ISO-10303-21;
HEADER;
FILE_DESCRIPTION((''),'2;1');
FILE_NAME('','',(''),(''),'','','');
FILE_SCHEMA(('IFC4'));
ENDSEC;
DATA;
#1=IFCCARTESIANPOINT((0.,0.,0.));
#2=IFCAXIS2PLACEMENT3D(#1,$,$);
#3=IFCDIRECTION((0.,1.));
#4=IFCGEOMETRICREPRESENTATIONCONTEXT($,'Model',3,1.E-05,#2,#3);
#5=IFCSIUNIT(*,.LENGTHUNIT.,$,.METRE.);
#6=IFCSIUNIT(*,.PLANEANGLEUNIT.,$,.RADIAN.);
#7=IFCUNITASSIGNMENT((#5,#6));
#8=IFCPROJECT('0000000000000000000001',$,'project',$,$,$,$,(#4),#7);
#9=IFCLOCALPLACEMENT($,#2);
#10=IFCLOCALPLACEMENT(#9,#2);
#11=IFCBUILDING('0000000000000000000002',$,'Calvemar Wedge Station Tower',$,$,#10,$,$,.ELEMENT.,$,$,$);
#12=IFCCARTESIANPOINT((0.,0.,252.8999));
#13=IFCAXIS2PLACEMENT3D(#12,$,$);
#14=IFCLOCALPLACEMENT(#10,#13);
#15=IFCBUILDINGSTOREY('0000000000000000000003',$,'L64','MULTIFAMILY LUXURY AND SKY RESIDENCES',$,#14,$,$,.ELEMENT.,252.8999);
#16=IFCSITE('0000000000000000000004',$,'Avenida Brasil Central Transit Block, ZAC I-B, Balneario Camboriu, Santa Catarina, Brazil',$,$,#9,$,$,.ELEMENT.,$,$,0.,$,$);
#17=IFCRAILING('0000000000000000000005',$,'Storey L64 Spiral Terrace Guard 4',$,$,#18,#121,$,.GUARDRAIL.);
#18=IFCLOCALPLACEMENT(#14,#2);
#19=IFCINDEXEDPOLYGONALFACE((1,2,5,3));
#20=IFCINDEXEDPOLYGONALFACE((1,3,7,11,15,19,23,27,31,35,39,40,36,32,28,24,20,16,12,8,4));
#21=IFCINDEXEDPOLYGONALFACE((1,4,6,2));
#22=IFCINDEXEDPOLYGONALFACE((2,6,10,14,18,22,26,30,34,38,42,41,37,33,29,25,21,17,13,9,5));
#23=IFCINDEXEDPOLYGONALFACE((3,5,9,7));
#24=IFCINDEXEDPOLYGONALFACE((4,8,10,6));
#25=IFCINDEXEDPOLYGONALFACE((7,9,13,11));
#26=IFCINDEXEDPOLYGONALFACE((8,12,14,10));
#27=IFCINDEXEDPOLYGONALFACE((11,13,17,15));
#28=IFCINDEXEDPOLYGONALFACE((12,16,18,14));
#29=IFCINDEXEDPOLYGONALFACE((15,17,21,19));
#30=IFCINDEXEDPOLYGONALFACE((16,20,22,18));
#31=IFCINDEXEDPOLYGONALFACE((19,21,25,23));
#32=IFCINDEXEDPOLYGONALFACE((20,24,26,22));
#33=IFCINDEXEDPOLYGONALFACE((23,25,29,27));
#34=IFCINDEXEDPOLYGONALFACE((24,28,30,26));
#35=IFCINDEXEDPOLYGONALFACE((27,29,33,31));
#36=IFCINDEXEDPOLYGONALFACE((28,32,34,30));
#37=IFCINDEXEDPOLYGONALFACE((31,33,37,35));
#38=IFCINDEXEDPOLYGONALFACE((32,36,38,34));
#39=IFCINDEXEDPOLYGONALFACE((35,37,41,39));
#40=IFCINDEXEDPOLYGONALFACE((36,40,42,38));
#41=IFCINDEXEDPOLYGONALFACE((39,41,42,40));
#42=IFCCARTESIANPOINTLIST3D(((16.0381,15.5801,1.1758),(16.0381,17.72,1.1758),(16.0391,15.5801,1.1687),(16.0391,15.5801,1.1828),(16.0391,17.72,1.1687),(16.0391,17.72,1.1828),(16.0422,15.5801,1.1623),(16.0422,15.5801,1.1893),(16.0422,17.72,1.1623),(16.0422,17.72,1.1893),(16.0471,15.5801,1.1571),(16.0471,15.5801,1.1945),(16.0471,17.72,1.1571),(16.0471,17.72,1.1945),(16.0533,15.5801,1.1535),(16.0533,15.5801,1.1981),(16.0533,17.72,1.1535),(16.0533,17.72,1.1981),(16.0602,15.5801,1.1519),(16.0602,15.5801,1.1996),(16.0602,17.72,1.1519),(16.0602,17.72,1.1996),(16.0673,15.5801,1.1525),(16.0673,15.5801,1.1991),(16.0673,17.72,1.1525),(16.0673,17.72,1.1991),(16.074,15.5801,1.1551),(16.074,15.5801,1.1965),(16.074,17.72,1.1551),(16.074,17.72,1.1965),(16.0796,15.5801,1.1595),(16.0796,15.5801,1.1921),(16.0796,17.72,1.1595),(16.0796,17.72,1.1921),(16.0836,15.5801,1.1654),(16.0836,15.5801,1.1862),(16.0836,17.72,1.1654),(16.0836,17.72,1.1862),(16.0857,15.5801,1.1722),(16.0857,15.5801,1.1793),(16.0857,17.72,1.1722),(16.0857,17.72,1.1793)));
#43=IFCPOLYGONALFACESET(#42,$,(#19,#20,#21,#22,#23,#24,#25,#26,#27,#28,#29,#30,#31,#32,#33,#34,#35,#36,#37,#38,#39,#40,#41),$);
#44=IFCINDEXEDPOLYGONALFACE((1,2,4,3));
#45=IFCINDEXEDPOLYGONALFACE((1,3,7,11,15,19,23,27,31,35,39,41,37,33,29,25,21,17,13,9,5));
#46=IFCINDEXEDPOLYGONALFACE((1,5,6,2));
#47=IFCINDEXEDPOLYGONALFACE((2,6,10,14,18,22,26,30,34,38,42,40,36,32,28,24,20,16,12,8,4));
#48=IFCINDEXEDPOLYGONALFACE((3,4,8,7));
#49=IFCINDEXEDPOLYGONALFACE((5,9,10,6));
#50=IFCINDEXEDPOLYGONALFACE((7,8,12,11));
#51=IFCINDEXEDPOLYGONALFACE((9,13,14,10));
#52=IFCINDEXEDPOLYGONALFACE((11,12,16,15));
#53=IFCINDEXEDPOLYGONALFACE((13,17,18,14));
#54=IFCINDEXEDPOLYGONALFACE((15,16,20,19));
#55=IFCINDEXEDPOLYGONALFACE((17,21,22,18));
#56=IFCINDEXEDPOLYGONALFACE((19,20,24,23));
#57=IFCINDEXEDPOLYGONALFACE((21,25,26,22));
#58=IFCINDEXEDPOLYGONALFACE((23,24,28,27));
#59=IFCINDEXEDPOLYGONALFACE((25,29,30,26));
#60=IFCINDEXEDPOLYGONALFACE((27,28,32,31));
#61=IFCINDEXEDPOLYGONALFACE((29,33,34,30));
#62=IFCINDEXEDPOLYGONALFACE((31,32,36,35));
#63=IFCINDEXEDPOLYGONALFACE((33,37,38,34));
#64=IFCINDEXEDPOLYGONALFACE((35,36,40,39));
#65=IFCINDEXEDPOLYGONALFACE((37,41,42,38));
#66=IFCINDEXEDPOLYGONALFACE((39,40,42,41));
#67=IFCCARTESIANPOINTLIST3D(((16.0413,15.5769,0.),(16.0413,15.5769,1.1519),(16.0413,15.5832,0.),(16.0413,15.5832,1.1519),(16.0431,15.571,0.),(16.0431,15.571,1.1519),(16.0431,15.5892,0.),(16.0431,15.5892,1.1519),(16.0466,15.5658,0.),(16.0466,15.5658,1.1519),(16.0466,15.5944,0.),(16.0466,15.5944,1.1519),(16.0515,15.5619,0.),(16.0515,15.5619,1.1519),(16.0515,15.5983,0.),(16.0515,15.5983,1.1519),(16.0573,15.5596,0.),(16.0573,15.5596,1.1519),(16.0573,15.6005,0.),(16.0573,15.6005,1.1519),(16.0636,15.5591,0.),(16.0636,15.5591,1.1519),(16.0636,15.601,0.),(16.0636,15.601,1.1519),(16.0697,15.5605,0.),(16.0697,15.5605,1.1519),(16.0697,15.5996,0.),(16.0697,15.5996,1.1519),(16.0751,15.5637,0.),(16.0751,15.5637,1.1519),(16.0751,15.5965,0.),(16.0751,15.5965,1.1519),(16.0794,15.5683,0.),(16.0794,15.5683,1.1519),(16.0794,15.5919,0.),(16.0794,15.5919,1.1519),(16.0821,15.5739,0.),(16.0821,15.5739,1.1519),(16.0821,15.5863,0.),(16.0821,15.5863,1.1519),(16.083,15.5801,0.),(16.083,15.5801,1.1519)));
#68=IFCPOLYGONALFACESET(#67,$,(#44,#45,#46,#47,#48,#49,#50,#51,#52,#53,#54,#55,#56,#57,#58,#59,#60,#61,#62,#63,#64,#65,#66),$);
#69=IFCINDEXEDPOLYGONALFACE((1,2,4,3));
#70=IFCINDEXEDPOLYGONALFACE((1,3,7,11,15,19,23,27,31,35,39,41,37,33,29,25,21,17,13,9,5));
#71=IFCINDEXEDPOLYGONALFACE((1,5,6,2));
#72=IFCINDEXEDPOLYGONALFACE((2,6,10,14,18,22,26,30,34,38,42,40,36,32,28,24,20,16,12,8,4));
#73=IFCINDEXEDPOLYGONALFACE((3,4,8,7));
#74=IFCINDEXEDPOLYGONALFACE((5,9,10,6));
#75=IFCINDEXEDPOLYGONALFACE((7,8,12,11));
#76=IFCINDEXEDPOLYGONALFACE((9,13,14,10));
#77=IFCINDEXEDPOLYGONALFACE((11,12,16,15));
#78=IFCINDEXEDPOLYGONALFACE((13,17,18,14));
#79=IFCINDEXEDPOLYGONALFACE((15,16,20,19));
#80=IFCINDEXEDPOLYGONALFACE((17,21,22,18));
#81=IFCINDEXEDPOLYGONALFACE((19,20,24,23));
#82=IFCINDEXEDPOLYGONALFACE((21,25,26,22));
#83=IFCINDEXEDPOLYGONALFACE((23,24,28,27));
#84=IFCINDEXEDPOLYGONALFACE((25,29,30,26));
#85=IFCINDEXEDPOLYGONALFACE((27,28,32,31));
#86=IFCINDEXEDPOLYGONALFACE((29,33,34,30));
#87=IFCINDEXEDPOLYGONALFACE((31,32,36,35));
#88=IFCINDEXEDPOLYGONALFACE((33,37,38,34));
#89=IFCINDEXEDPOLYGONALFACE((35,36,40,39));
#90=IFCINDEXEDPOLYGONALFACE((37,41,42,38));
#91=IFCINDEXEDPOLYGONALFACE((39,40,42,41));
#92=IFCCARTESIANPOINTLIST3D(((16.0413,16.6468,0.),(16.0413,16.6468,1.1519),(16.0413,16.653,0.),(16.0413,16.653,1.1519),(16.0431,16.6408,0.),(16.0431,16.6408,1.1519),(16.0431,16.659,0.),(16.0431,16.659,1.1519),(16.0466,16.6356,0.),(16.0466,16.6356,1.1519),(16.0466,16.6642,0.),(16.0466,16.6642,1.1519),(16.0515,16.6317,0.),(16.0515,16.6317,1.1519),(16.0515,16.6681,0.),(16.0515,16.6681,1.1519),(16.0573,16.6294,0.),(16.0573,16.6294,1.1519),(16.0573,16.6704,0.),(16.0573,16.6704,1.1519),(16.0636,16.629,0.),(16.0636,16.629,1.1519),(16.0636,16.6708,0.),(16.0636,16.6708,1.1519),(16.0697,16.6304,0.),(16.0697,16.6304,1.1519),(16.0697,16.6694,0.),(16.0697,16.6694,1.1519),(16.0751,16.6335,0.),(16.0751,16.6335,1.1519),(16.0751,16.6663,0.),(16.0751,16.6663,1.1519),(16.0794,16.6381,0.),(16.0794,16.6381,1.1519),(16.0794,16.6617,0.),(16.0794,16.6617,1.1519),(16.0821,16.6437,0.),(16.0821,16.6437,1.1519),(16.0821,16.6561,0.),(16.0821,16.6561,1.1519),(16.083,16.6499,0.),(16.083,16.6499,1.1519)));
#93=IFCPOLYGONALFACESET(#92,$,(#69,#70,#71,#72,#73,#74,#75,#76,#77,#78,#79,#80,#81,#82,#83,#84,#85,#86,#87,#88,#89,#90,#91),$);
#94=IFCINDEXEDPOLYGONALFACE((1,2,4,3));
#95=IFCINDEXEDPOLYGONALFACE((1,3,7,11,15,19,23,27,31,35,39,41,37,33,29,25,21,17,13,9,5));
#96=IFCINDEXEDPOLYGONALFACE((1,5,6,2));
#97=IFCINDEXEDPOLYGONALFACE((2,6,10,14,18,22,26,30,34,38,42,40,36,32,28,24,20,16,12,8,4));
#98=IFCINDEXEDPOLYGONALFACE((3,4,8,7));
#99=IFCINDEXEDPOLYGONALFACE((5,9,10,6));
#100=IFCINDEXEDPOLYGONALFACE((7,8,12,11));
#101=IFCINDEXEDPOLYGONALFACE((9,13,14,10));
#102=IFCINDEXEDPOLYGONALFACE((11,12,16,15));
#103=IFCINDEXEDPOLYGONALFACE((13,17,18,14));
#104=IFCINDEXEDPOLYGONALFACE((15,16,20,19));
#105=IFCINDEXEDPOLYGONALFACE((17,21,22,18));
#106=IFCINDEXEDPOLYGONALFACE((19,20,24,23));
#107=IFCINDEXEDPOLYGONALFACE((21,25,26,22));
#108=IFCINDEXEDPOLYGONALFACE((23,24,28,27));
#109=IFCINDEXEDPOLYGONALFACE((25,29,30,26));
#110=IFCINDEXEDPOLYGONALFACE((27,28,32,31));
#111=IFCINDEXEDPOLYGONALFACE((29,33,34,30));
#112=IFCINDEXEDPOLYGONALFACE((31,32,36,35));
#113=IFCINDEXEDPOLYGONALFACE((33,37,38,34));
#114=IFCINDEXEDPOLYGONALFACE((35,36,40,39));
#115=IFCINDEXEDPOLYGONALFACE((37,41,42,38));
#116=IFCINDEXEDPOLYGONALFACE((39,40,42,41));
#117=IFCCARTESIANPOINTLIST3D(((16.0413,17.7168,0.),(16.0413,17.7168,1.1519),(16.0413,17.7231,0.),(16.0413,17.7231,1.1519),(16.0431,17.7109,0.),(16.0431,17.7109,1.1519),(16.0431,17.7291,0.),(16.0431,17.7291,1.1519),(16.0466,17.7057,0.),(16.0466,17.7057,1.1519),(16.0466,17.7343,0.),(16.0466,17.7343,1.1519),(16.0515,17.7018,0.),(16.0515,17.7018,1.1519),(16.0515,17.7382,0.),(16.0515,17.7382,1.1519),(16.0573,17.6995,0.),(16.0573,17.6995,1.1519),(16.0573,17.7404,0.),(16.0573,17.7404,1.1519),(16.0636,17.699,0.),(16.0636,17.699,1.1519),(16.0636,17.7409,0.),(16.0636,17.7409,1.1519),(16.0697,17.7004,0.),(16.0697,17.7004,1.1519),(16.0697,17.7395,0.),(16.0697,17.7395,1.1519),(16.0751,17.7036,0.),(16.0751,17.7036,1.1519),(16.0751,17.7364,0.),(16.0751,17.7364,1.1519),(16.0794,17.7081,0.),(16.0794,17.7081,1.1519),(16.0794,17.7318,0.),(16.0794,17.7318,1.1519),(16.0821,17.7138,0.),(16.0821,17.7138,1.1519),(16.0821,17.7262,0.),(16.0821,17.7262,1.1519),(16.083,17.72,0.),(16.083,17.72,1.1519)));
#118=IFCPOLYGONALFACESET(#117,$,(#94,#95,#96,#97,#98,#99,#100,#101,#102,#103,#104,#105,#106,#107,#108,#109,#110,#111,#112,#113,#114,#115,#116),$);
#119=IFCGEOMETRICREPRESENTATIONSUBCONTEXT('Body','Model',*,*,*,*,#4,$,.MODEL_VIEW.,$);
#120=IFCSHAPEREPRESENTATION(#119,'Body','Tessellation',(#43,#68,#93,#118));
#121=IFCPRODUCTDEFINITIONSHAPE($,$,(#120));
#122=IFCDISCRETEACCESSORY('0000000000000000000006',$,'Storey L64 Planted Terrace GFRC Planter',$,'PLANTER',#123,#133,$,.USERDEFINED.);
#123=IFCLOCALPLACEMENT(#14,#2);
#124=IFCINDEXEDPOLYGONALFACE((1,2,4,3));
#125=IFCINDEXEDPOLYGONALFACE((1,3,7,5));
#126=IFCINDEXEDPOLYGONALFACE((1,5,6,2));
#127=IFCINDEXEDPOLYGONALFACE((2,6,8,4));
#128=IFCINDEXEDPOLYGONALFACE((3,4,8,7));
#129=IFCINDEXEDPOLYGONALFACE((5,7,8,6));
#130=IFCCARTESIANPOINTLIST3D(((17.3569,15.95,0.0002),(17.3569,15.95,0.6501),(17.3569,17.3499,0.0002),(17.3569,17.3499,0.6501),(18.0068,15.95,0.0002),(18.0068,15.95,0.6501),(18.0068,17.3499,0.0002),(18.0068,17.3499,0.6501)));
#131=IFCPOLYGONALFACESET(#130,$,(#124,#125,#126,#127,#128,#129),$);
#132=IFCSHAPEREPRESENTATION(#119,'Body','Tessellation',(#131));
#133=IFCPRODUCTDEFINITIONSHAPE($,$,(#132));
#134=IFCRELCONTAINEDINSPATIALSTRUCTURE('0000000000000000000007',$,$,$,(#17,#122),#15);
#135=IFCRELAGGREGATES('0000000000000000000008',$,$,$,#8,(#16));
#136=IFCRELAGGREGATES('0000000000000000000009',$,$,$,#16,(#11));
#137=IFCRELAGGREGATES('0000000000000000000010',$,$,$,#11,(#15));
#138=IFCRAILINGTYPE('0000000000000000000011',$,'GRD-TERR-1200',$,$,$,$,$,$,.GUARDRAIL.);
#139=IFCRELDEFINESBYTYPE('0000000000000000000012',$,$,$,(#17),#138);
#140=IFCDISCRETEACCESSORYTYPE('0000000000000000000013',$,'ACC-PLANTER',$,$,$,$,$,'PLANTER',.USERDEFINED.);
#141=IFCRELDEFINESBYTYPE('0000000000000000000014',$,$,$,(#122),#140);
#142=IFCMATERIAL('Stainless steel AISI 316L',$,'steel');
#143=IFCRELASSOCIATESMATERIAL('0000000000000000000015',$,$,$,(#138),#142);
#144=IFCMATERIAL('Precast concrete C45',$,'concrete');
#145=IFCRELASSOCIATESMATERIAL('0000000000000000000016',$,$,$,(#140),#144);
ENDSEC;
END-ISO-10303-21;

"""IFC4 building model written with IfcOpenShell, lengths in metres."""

from ifc_helpers import new_model, si_unit, direction, frame, origin, origin_2d, place, context, subcontext, project, spatial, rectangle, circle, extrude, source, transform, mapped, material, type_object, element, save


model = new_model("IFC4")

# Units and contexts
model_context = context("Model", 3, precision=1e-05, world=origin(), true_north=direction((0.0, 1.0)))
body_context = subcontext(model_context, "Body", "Model", "MODEL_VIEW")
ifc_project = project(units=[si_unit("LENGTHUNIT", "METRE"), si_unit("PLANEANGLEUNIT", "RADIAN")], contexts=[model_context])

# Site, building, storey
site_placement = place(None, origin())
site = spatial("IfcSite", under=ifc_project, at=site_placement, Name="Avenida Brasil Central Transit Block, ZAC I-B, Balneario Camboriu, Santa Catarina, Brazil", CompositionType="ELEMENT", RefElevation=0.0)
building_placement = place(site_placement, origin())
building = spatial("IfcBuilding", under=site, at=building_placement, Name="Calvemar Wedge Station Tower", CompositionType="ELEMENT")
storey_placement = place(building_placement, frame((0.0, 0.0, 252.8999)))
storey = spatial("IfcBuildingStorey", under=building, at=storey_placement, Name="L64", Description="MULTIFAMILY LUXURY AND SKY RESIDENCES", CompositionType="ELEMENT", Elevation=252.8999)

# Shared definitions
ifc_material_1 = material(Name="Precast concrete C45", Category="concrete")

# Railing
ifc_material_2 = material(Name="Stainless steel AISI 316L", Category="steel")
railing_type = type_object("IfcRailingType", Name="GRD-TERR-1200", PredefinedType="GUARDRAIL", material=ifc_material_2)
railing_1_placement = place(storey_placement, frame((16.062, 15.5801, 0.0)))
element("IfcRailing", 1, at=railing_1_placement, inside=storey, type_object=railing_type, Name="Storey L64 Spiral Terrace Guard 4", PredefinedType="GUARDRAIL", context=body_context, shape_type="SweptSolid", body=[
    extrude(circle(Radius=0.0239, at=origin_2d()), frame((0.0, 0.0, 1.1758), z_axis=(0.0, 1.0, 0.0), x_axis=(-1.0, 0.0, 0.0)), (0.0, 0.0, 1.0), 2.1399),
    extrude(circle(Radius=0.021, at=origin_2d()), origin(), (0.0, 0.0, 1.0), 1.1519),
    extrude(circle(Radius=0.021, at=origin_2d()), frame((0.0, 1.0698, 0.0)), (0.0, 0.0, 1.0), 1.1519),
    extrude(circle(Radius=0.021, at=origin_2d()), frame((0.0, 2.1399, 0.0)), (0.0, 0.0, 1.0), 1.1519),
])

# Discrete accessory
discrete_accessory_type = type_object("IfcDiscreteAccessoryType", Name="ACC-PLANTER", ElementType="PLANTER", PredefinedType="USERDEFINED", material=ifc_material_1)
shared_shape_1 = source(origin(), body_context, "Body", "SweptSolid", [
    extrude(rectangle(XDim=0.6499, YDim=1.3999, at=origin_2d()), origin(), (0.0, 0.0, 1.0), 0.6499),
])
discrete_accessory_placement = place(storey_placement, frame((17.6819, 16.6499, 0.0002), z_axis=(0.0, 0.0, 1.0), x_axis=(1.0, 0.0, 0.0)))
element("IfcDiscreteAccessory", 2, at=discrete_accessory_placement, inside=storey, type_object=discrete_accessory_type, Name="Storey L64 Planted Terrace GFRC Planter", ObjectType="PLANTER", PredefinedType="USERDEFINED", context=body_context, shape_type="MappedRepresentation", body=[
    mapped(shared_shape_1, transform((0.0, 0.0, 0.0), scale=1.0)),
])

save(model, "model.ifc")
